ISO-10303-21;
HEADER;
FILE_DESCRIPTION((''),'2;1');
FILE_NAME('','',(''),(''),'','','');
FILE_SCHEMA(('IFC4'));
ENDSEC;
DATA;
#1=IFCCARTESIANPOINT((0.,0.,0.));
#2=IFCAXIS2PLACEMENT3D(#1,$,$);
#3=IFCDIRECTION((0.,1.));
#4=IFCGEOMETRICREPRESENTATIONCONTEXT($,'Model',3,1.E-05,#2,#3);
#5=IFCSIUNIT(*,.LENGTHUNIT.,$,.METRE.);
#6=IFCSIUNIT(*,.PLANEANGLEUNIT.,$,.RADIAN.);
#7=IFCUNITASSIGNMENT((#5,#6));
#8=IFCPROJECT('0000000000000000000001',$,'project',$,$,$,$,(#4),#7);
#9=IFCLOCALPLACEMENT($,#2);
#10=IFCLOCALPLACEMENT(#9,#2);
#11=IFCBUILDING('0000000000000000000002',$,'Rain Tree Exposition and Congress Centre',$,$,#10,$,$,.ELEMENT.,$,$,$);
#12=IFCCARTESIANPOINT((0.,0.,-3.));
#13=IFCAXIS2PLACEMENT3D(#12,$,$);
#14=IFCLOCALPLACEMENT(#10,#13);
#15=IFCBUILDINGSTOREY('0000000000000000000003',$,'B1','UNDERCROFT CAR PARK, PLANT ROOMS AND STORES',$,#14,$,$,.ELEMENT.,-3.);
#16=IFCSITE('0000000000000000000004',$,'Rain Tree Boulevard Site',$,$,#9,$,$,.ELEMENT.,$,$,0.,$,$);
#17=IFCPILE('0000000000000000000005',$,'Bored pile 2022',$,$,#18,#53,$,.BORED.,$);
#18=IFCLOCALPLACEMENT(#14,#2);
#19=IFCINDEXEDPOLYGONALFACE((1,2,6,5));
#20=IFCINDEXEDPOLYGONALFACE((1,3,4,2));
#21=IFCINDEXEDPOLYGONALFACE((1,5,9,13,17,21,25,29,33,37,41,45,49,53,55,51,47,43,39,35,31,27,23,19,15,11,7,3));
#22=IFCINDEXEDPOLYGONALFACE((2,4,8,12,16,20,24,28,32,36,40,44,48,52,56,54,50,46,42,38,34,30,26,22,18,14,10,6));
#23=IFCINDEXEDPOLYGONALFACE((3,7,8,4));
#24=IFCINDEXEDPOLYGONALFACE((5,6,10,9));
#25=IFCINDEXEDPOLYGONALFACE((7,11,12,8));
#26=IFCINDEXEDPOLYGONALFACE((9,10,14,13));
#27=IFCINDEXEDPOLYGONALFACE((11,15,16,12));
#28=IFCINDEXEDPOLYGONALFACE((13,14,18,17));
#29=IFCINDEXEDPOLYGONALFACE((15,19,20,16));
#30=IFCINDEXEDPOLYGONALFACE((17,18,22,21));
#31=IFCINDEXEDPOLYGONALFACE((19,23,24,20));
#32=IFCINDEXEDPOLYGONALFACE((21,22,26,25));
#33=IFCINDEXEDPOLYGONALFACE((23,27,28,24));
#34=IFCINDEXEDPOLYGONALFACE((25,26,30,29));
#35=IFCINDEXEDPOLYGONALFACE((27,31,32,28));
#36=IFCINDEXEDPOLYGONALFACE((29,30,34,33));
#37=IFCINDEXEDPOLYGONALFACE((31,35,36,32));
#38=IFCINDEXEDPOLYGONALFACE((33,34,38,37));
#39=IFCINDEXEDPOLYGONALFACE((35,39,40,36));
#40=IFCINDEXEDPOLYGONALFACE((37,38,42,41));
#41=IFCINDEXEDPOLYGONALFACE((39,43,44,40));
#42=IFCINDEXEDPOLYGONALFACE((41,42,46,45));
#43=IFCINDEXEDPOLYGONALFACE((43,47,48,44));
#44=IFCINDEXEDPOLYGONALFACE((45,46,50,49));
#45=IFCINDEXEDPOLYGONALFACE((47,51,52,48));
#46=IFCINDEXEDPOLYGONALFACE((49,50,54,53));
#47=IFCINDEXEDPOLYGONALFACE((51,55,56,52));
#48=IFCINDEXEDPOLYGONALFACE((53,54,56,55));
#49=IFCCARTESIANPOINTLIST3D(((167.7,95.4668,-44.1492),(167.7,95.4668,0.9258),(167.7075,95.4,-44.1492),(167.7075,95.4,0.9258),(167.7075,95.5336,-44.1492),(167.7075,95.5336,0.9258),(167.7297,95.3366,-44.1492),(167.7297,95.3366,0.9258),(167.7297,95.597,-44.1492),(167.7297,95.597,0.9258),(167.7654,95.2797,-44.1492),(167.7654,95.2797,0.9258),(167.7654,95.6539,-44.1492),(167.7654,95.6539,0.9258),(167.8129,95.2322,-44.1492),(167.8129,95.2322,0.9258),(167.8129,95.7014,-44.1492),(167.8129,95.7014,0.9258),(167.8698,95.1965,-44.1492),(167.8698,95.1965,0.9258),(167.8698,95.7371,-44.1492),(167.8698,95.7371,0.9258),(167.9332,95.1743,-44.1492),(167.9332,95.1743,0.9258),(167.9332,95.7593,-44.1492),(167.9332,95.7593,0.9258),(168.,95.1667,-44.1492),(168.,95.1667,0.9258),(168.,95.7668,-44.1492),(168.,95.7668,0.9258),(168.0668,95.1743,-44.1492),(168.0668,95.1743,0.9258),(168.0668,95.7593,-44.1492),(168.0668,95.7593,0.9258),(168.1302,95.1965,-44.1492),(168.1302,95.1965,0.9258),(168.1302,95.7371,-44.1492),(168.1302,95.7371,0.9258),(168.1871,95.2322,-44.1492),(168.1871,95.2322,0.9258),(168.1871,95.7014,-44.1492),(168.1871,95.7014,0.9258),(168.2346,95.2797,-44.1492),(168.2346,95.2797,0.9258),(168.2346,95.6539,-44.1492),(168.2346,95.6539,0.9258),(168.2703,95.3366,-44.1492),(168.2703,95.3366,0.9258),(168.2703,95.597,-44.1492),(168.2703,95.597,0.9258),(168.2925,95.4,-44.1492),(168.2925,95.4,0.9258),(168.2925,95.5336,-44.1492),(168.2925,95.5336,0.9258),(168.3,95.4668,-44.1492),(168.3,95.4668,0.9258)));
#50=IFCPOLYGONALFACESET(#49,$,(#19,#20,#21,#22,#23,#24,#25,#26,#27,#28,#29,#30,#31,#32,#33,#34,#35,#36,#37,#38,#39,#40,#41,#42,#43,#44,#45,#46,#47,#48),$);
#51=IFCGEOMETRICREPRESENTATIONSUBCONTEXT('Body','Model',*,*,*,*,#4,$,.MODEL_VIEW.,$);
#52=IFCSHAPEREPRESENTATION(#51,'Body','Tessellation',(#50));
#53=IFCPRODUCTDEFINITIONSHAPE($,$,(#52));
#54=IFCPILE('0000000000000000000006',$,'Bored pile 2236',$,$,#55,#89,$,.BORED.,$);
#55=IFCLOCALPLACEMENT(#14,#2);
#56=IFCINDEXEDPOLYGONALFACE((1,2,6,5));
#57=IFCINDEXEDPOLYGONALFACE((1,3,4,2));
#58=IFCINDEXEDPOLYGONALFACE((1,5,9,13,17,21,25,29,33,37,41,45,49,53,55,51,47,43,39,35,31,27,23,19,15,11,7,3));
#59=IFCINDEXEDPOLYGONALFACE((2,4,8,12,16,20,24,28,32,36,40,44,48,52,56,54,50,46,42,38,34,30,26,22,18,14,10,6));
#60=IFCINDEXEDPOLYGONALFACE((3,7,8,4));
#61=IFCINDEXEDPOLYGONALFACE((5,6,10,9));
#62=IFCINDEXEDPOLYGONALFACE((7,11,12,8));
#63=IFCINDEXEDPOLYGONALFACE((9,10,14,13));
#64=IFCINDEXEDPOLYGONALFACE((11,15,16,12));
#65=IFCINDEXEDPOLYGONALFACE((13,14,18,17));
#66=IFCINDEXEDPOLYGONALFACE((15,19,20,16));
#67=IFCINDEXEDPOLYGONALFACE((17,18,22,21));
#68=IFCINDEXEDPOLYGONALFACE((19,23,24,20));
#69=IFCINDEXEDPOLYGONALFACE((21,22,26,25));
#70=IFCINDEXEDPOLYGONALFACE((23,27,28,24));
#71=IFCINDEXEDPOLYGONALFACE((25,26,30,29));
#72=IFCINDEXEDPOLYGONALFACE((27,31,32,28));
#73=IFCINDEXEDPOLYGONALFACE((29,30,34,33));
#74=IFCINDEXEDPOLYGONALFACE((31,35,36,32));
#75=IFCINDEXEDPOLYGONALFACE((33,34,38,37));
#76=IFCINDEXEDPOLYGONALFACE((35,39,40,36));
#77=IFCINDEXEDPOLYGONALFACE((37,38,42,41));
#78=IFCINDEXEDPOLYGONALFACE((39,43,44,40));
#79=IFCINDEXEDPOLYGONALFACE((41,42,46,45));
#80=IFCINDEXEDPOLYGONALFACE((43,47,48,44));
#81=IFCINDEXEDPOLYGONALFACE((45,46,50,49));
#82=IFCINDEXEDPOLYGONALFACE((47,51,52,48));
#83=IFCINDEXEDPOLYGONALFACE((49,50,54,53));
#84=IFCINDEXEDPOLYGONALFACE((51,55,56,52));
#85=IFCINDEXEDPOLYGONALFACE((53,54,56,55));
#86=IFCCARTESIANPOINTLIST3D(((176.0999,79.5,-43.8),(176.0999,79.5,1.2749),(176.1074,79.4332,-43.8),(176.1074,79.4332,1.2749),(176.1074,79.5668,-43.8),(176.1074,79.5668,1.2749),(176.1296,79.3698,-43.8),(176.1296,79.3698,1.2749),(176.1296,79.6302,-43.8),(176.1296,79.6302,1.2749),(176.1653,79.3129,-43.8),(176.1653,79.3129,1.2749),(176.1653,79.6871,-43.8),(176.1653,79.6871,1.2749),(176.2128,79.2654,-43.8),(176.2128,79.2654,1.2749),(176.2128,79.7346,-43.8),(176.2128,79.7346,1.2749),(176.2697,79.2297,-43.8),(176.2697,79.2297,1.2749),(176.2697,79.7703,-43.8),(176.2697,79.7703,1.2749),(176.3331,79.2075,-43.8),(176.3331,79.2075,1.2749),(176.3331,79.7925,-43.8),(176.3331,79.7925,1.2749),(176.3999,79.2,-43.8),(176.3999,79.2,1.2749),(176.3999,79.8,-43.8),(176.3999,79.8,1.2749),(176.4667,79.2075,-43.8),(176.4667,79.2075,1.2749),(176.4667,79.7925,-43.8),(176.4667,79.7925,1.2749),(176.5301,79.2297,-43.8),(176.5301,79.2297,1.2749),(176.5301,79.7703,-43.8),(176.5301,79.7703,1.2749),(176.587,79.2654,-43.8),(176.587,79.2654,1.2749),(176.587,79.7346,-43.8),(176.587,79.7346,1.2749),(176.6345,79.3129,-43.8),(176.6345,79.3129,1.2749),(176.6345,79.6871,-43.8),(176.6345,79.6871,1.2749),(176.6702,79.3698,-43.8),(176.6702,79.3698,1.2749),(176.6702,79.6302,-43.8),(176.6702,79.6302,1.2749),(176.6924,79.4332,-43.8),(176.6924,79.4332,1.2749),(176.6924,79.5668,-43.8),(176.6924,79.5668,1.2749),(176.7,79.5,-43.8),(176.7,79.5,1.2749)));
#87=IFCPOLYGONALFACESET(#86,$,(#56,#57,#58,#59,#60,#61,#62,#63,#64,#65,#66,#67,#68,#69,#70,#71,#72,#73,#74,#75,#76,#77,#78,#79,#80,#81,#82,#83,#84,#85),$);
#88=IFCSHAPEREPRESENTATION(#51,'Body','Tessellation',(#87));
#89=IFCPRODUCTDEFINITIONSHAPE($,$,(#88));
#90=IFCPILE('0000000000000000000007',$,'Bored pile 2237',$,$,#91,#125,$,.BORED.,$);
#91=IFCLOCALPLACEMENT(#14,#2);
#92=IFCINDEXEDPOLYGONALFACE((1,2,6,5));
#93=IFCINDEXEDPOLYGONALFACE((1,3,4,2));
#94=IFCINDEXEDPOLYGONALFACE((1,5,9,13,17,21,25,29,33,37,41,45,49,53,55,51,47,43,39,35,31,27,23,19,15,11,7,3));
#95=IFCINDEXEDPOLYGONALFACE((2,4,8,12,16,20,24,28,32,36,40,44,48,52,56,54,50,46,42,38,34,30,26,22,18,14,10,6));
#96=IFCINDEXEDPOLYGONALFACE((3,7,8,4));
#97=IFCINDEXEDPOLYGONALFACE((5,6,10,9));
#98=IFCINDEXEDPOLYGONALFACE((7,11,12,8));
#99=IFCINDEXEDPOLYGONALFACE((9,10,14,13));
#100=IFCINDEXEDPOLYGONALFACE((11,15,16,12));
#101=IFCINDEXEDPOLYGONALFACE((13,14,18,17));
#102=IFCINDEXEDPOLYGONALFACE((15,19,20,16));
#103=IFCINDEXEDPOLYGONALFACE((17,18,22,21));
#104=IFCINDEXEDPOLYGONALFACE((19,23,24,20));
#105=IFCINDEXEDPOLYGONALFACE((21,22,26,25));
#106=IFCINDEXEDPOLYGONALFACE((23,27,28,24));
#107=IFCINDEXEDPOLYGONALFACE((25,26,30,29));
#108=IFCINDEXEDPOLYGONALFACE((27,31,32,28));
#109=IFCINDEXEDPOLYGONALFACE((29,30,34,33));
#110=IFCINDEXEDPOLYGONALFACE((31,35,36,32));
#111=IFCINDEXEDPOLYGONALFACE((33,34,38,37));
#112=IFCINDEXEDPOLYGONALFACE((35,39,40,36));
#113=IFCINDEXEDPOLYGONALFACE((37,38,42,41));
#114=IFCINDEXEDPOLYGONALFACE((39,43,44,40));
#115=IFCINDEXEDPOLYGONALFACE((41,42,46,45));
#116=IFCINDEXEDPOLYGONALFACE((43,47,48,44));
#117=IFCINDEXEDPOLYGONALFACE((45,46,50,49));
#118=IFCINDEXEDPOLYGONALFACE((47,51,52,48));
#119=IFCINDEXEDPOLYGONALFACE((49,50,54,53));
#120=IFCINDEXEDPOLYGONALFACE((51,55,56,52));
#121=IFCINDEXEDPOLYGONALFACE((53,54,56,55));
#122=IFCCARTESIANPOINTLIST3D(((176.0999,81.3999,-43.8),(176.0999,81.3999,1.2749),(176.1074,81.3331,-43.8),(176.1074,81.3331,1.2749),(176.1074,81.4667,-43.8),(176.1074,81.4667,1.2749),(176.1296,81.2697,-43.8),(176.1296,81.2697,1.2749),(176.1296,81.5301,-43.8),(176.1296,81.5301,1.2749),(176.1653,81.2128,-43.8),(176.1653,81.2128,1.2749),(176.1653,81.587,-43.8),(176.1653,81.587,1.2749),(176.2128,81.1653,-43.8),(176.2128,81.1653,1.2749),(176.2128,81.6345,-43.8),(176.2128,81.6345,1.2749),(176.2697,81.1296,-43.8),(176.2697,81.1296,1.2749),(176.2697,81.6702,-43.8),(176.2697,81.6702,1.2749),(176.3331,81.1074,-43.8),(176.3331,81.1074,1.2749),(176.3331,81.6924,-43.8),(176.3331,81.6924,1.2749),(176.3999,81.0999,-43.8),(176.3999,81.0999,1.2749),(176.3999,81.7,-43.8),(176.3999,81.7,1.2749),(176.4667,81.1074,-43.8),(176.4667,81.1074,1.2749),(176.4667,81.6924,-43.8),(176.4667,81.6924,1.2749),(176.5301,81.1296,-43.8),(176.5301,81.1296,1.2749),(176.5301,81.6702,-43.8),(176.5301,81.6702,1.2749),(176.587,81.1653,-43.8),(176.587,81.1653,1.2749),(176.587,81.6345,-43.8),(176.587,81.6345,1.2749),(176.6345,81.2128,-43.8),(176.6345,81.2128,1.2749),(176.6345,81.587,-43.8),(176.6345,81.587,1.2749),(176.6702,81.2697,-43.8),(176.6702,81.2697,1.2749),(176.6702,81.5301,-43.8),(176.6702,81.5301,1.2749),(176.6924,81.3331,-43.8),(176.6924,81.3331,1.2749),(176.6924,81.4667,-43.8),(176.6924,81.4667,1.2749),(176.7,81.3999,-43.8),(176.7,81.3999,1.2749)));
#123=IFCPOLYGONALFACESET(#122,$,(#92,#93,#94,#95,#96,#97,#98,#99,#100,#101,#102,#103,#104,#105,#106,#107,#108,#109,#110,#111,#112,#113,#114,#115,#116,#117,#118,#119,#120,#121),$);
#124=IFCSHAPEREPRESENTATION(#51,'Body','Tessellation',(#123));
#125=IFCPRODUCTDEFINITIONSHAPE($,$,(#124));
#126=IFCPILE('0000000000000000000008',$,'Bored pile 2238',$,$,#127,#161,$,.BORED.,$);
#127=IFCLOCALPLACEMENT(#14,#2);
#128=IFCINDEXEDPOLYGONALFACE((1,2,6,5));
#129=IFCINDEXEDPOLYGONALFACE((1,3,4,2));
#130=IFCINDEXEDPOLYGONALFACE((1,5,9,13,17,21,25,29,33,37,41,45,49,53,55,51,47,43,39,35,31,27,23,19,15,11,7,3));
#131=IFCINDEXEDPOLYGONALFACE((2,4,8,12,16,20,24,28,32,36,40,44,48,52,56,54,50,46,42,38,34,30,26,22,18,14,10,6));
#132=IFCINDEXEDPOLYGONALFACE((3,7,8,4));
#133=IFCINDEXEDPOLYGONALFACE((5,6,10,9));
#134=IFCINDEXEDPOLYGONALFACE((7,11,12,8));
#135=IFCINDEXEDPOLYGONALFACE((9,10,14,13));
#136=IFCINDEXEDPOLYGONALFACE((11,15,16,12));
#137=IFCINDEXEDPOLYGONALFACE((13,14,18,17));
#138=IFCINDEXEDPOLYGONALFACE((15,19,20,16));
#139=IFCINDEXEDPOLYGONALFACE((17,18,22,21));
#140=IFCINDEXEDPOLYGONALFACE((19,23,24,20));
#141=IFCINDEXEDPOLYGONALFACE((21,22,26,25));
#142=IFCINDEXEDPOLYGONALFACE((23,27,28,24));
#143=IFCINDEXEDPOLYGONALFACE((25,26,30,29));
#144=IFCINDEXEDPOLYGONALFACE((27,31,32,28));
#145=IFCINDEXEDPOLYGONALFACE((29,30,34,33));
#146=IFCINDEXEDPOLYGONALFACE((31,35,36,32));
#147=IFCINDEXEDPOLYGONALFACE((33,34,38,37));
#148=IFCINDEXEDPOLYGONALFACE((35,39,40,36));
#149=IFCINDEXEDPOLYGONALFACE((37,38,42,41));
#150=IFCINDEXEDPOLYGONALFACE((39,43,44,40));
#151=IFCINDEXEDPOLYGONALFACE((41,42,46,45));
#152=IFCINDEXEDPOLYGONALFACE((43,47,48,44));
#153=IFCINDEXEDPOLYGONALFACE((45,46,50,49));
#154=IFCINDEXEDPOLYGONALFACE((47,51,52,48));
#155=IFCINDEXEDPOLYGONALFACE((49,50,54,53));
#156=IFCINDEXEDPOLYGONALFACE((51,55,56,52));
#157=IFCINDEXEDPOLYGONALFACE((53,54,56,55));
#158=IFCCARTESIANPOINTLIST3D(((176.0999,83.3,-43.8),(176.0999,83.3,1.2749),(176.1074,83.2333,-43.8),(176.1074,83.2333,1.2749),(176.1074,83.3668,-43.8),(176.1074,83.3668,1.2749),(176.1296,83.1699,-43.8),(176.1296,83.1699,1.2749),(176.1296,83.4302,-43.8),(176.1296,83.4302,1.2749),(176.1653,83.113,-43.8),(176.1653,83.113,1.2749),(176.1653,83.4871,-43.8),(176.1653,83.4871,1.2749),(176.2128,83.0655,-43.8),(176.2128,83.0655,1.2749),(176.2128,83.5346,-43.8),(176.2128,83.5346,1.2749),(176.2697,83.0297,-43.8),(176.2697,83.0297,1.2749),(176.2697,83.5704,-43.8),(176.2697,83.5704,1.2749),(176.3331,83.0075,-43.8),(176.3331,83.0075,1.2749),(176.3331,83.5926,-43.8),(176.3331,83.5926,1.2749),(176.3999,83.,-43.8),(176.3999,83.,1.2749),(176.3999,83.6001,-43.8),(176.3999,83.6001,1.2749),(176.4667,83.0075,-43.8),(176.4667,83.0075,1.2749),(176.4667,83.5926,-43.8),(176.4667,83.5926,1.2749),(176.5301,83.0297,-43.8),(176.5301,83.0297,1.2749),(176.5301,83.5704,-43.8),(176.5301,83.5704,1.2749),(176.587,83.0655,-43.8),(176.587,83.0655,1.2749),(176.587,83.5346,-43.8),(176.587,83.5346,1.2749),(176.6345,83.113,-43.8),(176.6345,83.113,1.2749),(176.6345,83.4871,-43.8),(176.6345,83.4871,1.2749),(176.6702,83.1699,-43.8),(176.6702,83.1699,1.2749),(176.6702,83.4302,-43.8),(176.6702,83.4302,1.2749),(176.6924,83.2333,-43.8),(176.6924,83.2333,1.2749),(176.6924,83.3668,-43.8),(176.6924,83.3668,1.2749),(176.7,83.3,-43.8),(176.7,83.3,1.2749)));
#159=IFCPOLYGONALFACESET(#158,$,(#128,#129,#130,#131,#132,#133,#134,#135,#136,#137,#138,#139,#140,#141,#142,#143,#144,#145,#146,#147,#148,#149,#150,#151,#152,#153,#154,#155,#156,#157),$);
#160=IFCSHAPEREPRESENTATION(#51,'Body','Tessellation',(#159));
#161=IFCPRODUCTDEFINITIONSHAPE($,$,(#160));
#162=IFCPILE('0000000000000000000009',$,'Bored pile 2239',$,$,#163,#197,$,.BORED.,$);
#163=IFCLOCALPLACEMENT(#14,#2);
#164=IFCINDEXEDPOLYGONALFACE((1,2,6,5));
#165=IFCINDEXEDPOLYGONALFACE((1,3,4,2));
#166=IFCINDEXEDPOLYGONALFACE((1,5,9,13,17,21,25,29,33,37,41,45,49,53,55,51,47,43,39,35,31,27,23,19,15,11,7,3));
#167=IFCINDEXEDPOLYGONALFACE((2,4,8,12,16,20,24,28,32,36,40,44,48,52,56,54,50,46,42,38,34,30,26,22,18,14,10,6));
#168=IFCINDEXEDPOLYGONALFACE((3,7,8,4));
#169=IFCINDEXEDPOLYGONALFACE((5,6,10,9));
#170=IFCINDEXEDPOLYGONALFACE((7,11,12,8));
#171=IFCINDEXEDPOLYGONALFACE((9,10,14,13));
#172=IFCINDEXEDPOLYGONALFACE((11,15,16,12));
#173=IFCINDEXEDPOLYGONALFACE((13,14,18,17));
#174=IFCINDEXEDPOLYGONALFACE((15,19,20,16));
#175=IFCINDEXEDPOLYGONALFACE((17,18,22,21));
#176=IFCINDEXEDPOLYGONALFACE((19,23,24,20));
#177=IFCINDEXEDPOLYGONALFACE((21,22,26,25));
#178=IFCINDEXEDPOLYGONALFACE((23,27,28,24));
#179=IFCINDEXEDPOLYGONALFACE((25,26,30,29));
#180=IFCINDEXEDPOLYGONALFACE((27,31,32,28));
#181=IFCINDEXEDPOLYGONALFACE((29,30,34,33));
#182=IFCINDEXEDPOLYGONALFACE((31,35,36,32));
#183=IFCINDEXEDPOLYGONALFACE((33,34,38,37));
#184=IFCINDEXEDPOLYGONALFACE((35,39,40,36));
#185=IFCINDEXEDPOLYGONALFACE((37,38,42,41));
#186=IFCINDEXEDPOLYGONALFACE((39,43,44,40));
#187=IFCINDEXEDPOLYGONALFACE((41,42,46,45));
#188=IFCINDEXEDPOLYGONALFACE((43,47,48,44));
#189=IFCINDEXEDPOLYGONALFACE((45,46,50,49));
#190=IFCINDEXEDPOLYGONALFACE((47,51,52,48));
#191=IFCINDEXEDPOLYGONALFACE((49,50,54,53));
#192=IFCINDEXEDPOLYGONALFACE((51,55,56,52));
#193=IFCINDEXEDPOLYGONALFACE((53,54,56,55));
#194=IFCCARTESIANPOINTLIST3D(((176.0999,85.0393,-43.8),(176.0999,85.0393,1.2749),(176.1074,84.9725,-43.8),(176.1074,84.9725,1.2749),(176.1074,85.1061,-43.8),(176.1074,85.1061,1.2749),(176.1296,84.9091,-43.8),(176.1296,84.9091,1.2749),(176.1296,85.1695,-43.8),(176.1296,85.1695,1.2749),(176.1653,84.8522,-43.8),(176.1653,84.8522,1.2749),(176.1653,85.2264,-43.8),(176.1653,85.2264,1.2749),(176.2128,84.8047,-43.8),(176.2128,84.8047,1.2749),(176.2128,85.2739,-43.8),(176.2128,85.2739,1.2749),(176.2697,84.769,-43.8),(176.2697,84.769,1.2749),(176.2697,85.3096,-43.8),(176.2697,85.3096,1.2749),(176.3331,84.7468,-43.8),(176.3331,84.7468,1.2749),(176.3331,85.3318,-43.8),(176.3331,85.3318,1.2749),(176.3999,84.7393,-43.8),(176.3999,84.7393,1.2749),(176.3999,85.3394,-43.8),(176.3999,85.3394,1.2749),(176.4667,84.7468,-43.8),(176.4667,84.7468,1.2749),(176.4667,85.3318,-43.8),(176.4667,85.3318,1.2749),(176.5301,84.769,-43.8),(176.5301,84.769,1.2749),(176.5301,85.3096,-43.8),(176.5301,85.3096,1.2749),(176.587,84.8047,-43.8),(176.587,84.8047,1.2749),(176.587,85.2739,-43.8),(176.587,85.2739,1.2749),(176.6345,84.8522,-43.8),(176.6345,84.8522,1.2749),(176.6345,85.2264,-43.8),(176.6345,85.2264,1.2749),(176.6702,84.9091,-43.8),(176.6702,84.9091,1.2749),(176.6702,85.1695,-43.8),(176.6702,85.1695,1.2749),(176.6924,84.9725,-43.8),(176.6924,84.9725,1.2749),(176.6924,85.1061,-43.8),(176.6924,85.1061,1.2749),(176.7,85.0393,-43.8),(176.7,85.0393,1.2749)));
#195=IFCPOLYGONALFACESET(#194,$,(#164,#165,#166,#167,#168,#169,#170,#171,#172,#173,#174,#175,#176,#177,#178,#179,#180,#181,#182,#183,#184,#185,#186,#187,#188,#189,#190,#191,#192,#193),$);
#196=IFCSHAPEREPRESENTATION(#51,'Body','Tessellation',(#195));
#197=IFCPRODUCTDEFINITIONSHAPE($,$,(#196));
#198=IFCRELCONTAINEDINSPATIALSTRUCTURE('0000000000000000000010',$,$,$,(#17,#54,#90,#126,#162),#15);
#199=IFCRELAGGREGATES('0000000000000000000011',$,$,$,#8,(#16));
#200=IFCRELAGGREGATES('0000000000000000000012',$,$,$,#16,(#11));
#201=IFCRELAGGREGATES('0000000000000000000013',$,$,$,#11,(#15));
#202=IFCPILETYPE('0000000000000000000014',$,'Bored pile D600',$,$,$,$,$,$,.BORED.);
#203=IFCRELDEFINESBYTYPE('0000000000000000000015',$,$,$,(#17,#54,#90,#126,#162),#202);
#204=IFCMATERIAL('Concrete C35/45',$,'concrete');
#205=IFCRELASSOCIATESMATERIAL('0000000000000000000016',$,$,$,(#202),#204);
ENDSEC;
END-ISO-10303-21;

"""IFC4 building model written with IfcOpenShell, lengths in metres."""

from ifc_helpers import new_model, si_unit, direction, frame, origin, origin_2d, place, context, subcontext, project, spatial, circle, extrude, material, material_profile, profile_set, type_object, element, save


model = new_model("IFC4")

# Units and contexts
model_context = context("Model", 3, precision=1e-05, world=origin(), true_north=direction((0.0, 1.0)))
body_context = subcontext(model_context, "Body", "Model", "MODEL_VIEW")
ifc_project = project(units=[si_unit("LENGTHUNIT", "METRE"), si_unit("PLANEANGLEUNIT", "RADIAN")], contexts=[model_context])

# Site, building, storey
site_placement = place(None, origin())
site = spatial("IfcSite", under=ifc_project, at=site_placement, Name="Rain Tree Boulevard Site", CompositionType="ELEMENT", RefElevation=0.0)
building_placement = place(site_placement, origin())
building = spatial("IfcBuilding", under=site, at=building_placement, Name="Rain Tree Exposition and Congress Centre", CompositionType="ELEMENT")
storey_placement = place(building_placement, frame((0.0, 0.0, -3.0)))
storey = spatial("IfcBuildingStorey", under=building, at=storey_placement, Name="B1", Description="UNDERCROFT CAR PARK, PLANT ROOMS AND STORES", CompositionType="ELEMENT", Elevation=-3.0)

# Piles
ifc_material_1 = material(Name="Concrete C35/45", Category="concrete")
ifc_material_profile_1 = material_profile(ifc_material_1, circle(Radius=0.3, at=origin_2d()), Name="D600")
ifc_profile_set_1 = profile_set([ifc_material_profile_1], Name="Concrete C35/45")
pile_type_1 = type_object("IfcPileType", Name="Bored pile D600", PredefinedType="BORED", material=ifc_profile_set_1)
for number, where, z_axis, x_axis, name in (
    (1, (168.0, 95.4668, 0.9258), (0.0, 0.0, -1.0), (1.0, 0.0, 0.0), "Bored pile 2022"),
    (2, (176.3999, 79.5, 1.2749), (0.0, 0.0, -1.0), (1.0, 0.0, 0.0), "Bored pile 2236"),
    (3, (176.3999, 81.3999, 1.2749), (0.0, 0.0, -1.0), (1.0, 0.0, 0.0), "Bored pile 2237"),
    (4, (176.3999, 83.3, 1.2749), (0.0, 0.0, -1.0), (1.0, 0.0, 0.0), "Bored pile 2238"),
    (5, (176.3999, 85.0393, 1.2749), (0.0, 0.0, -1.0), (1.0, 0.0, 0.0), "Bored pile 2239"),
):
    element("IfcPile", number, at=place(storey_placement, frame(where, z_axis=z_axis, x_axis=x_axis)), inside=storey, type_object=pile_type_1, Name=name, PredefinedType="BORED", context=body_context, shape_type="SweptSolid", body=[
        extrude(circle(Radius=0.3, at=origin_2d()), origin(), (0.0, 0.0, 1.0), 45.075),
    ])

save(model, "model.ifc")
